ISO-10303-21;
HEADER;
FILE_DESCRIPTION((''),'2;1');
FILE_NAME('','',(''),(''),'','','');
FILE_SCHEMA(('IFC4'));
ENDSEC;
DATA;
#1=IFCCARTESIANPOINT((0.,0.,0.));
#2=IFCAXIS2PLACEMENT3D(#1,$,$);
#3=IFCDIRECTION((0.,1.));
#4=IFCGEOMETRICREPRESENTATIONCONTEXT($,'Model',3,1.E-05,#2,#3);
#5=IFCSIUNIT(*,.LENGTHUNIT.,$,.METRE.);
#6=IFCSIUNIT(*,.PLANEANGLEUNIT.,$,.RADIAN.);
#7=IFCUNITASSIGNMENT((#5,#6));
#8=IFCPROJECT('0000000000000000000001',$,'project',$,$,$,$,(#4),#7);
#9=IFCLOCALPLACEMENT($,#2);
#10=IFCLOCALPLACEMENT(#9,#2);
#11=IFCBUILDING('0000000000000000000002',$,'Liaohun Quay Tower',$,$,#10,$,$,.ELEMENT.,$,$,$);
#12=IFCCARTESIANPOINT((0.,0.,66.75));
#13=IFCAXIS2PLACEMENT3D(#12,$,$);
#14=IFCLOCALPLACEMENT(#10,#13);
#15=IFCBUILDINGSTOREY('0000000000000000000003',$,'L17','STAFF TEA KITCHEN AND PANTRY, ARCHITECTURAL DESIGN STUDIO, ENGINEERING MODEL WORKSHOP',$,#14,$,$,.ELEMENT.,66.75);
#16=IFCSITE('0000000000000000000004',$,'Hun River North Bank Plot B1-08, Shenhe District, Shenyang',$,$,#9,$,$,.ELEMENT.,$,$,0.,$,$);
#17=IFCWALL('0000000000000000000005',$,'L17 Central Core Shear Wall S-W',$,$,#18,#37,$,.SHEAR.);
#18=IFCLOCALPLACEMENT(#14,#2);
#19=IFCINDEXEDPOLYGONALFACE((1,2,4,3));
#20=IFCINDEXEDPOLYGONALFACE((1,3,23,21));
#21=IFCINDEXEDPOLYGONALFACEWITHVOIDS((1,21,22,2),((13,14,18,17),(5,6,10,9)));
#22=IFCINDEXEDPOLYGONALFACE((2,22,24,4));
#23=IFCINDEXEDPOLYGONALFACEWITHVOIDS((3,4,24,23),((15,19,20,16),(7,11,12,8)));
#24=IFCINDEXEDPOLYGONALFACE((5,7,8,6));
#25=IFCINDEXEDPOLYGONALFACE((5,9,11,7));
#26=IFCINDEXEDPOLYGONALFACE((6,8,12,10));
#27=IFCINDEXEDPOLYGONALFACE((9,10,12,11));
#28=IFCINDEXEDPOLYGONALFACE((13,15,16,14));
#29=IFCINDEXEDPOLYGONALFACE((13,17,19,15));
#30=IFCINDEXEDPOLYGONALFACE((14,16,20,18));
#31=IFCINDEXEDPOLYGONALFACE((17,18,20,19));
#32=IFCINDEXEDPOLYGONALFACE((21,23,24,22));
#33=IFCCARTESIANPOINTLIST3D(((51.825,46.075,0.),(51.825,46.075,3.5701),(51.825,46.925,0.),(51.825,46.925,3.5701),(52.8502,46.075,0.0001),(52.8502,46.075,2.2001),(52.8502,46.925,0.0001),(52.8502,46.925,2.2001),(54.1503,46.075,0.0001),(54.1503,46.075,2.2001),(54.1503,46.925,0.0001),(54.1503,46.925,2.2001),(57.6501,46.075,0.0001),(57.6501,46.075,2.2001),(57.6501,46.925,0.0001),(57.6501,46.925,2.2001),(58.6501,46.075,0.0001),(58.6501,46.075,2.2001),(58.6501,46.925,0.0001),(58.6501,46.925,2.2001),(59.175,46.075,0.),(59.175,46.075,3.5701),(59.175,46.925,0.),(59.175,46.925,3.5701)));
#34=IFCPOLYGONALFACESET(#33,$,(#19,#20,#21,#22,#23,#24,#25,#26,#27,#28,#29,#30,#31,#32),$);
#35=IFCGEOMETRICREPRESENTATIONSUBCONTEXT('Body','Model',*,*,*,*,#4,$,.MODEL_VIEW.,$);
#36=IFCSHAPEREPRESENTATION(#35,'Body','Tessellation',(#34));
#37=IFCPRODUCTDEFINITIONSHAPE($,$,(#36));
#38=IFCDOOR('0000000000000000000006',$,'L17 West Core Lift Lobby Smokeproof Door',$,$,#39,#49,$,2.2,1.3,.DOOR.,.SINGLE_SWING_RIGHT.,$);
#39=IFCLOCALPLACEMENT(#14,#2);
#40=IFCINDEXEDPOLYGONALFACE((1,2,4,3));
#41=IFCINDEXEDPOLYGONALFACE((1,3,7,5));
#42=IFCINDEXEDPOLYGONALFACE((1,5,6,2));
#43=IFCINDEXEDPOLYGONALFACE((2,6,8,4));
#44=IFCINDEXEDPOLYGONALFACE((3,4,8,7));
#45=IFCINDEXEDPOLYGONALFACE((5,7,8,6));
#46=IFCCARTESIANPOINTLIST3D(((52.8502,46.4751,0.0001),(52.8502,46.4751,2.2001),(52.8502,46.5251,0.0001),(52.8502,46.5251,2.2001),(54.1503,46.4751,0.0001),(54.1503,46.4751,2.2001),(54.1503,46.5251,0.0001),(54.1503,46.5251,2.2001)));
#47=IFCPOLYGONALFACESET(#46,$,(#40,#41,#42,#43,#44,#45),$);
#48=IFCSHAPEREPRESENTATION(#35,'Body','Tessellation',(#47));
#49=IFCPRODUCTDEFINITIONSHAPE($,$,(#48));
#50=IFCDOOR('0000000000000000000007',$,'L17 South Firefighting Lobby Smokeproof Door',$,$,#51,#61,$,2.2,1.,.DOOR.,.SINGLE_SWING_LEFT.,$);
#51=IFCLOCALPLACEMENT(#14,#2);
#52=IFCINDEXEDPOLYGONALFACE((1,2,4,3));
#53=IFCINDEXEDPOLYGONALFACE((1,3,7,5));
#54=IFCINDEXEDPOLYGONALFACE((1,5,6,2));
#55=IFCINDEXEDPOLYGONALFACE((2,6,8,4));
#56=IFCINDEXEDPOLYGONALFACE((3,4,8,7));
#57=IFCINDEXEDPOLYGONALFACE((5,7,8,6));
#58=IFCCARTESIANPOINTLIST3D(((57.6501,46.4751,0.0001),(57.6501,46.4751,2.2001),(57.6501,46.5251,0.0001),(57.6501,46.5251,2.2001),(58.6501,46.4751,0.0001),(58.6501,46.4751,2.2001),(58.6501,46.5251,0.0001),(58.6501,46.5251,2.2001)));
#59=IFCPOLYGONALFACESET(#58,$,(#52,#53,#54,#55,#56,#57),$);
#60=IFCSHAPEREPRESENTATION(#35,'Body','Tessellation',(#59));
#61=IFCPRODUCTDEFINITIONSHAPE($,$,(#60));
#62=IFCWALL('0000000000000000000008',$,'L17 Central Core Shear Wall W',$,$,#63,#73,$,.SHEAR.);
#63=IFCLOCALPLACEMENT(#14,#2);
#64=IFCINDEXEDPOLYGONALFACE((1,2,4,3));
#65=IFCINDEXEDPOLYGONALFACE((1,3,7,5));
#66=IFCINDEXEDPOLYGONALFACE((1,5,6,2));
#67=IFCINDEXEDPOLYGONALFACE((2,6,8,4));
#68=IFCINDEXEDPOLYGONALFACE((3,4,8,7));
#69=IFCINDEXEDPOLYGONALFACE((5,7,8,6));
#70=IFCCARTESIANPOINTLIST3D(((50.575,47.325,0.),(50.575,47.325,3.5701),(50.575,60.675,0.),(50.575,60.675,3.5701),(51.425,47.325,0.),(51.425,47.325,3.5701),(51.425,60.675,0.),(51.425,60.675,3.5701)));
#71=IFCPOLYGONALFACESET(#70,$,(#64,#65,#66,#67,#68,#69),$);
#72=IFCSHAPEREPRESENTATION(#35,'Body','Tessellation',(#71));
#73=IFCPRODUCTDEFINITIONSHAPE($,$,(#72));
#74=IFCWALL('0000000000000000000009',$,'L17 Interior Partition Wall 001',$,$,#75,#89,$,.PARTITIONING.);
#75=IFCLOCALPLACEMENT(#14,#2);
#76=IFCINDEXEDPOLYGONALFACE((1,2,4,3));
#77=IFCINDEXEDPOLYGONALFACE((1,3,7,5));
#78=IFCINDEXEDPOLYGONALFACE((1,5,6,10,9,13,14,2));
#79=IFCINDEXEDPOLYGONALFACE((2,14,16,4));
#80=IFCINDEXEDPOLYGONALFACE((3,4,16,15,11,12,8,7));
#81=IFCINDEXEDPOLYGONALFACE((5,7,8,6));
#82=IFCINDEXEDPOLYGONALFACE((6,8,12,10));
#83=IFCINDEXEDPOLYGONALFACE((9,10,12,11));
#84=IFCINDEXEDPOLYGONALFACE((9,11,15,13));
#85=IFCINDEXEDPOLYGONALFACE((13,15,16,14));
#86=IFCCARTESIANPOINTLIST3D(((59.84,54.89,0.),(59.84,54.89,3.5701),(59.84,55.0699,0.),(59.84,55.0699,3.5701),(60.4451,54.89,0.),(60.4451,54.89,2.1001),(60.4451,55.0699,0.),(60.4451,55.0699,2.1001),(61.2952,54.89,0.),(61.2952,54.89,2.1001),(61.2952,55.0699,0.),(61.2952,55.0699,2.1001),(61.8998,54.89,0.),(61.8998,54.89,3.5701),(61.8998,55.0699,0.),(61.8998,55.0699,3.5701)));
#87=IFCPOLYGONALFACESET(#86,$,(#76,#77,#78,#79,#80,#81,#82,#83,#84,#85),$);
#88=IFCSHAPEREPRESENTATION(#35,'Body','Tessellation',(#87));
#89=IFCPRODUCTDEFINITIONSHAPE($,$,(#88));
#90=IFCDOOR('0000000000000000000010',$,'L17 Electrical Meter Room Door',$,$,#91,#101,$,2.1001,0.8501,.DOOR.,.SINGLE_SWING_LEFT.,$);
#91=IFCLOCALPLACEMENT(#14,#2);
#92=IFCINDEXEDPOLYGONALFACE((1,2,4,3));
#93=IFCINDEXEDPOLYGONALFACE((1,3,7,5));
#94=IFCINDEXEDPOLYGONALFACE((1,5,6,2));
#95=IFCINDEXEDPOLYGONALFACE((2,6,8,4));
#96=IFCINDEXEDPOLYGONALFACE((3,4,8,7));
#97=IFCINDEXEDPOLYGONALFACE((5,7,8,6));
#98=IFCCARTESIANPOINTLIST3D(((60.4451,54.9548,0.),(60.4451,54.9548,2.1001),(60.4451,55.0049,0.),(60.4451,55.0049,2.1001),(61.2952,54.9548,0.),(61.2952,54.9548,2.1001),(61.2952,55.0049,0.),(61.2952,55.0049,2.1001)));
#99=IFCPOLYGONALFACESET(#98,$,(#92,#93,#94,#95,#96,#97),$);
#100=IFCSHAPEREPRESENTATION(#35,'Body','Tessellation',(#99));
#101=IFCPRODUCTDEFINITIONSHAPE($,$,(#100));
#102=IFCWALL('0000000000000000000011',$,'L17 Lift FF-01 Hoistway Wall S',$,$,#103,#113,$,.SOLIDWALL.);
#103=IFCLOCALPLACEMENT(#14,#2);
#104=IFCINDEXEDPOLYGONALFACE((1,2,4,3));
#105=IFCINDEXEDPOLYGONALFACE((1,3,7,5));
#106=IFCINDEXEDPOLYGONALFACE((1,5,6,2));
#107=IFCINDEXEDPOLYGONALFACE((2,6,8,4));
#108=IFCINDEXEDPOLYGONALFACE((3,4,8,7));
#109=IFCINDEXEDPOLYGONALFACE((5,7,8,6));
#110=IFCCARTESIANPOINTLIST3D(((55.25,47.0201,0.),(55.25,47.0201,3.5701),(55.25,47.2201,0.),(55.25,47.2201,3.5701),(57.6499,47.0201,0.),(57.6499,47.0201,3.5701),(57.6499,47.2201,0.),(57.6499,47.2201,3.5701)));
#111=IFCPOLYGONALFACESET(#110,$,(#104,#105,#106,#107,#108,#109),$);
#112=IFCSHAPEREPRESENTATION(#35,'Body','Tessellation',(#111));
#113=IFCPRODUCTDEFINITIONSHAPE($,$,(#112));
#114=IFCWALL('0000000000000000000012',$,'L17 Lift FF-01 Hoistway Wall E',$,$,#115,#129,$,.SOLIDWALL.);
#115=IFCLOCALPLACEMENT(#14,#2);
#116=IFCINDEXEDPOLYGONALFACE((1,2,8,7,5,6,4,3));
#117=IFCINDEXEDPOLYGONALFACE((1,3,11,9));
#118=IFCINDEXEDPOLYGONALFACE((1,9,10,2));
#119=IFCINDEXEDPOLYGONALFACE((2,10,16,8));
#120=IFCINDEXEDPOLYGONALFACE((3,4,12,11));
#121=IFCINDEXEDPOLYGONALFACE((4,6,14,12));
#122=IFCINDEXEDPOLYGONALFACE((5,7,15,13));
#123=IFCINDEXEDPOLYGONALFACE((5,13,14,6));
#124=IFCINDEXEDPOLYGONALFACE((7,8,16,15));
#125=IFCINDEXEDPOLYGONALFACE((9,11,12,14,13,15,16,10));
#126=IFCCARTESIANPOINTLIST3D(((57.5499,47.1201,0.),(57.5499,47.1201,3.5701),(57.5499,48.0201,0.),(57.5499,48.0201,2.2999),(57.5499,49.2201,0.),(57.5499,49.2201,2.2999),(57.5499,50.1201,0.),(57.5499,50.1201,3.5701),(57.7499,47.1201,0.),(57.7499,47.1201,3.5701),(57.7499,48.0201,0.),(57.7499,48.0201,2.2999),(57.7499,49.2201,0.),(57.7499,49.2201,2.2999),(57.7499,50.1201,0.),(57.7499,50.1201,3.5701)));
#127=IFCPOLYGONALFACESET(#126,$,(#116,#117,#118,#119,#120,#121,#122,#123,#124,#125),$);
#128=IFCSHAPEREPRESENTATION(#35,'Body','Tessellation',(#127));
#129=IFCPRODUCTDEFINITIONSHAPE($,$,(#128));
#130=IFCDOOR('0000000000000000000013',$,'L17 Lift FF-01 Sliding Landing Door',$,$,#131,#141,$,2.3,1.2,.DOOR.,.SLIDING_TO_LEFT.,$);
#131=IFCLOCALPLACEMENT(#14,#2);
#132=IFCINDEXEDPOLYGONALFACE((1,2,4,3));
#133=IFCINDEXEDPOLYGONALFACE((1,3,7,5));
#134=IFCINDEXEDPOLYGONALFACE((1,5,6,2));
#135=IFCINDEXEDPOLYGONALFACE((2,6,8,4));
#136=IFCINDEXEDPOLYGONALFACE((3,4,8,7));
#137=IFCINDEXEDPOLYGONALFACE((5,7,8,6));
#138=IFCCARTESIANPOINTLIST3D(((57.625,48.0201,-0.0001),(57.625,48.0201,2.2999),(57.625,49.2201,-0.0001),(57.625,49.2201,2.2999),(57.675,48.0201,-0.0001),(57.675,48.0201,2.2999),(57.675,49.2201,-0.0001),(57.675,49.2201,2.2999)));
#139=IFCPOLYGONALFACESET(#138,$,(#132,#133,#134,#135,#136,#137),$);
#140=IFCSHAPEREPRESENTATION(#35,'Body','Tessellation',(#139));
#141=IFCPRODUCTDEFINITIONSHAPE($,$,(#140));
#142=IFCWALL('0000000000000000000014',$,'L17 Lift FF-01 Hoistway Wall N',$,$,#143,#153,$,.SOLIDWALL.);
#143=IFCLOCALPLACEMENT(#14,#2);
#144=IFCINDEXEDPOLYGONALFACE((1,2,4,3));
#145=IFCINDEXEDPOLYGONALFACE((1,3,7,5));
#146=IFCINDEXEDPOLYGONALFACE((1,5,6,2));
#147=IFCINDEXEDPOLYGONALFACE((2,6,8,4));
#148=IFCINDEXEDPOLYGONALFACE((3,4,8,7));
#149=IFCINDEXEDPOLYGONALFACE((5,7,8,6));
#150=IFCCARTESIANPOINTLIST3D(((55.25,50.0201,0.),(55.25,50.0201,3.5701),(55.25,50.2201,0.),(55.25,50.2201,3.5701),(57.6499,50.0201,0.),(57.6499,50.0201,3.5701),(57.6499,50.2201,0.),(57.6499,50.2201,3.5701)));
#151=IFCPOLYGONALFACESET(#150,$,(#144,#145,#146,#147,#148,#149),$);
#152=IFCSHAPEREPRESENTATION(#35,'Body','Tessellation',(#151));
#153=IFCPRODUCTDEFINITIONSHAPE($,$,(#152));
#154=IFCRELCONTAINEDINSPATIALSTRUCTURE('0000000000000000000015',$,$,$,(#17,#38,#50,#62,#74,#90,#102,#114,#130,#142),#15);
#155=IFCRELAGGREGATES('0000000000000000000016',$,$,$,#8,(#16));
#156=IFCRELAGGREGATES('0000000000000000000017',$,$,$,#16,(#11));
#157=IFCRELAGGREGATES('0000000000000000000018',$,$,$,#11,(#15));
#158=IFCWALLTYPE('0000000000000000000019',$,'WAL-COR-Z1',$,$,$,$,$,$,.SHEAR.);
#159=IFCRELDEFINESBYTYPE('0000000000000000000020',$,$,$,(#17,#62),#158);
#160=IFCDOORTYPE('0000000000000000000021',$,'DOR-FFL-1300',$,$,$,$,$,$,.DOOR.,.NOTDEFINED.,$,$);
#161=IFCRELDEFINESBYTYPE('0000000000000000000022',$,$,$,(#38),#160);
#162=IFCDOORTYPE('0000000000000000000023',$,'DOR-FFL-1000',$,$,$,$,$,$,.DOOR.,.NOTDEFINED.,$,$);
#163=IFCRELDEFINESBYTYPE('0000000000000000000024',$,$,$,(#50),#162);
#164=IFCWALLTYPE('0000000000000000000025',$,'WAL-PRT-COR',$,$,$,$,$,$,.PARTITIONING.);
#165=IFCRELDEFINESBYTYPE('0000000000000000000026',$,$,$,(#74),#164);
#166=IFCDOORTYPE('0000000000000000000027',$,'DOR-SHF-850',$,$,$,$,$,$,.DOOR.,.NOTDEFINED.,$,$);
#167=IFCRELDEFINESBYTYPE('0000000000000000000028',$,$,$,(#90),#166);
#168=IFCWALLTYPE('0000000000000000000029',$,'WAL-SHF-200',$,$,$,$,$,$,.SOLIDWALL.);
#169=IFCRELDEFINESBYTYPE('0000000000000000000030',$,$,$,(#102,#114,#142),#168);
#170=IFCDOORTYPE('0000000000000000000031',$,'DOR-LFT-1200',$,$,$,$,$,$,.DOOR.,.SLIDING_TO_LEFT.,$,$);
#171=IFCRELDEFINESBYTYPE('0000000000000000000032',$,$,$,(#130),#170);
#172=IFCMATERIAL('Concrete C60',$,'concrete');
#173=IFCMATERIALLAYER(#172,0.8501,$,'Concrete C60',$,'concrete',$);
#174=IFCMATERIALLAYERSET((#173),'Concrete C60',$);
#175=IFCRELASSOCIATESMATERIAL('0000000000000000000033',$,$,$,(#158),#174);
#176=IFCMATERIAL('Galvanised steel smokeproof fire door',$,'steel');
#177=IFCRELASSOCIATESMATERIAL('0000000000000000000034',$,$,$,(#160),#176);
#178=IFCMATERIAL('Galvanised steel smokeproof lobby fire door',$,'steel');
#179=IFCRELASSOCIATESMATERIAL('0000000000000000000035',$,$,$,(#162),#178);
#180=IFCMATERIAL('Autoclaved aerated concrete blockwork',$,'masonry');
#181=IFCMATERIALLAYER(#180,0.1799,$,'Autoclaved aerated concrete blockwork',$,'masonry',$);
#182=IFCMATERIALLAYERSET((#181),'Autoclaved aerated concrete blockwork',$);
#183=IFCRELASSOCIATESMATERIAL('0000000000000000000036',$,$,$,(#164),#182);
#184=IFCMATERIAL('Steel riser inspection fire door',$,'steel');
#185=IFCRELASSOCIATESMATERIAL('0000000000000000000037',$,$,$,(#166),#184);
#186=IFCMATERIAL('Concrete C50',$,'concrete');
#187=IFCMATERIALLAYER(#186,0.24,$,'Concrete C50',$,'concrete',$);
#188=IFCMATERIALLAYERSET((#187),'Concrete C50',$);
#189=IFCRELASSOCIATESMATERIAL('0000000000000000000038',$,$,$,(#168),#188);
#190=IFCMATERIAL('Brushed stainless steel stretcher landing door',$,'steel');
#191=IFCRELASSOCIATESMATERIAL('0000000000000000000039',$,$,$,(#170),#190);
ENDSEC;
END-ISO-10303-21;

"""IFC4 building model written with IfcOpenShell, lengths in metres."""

from ifc_helpers import new_model, si_unit, direction, frame, frame_2d, origin, place, context, subcontext, project, spatial, rectangle, extrude, source, transform, mapped, material, layer, layer_set, type_object, element, fill, save


model = new_model("IFC4")

# Units and contexts
model_context = context("Model", 3, precision=1e-05, world=origin(), true_north=direction((0.0, 1.0)))
body_context = subcontext(model_context, "Body", "Model", "MODEL_VIEW")
ifc_project = project(units=[si_unit("LENGTHUNIT", "METRE"), si_unit("PLANEANGLEUNIT", "RADIAN")], contexts=[model_context])

# Site, building, storey
site_placement = place(None, origin())
site = spatial("IfcSite", under=ifc_project, at=site_placement, Name="Hun River North Bank Plot B1-08, Shenhe District, Shenyang", CompositionType="ELEMENT", RefElevation=0.0)
building_placement = place(site_placement, origin())
building = spatial("IfcBuilding", under=site, at=building_placement, Name="Liaohun Quay Tower", CompositionType="ELEMENT")
storey_placement = place(building_placement, frame((0.0, 0.0, 66.75)))
storey = spatial("IfcBuildingStorey", under=building, at=storey_placement, Name="L17", Description="STAFF TEA KITCHEN AND PANTRY, ARCHITECTURAL DESIGN STUDIO, ENGINEERING MODEL WORKSHOP", CompositionType="ELEMENT", Elevation=66.75)

# Wall, openings, doors
ifc_material_1 = material(Name="Concrete C60", Category="concrete")
ifc_layer_1 = layer(ifc_material_1, 0.8501, Name="Concrete C60", Category="concrete")
ifc_layer_set_1 = layer_set([ifc_layer_1], Name="Concrete C60")
wall_type_1 = type_object("IfcWallType", Name="WAL-COR-Z1", PredefinedType="SHEAR", material=ifc_layer_set_1)
wall_1_placement = place(storey_placement, frame((59.175, 46.5, 0.0), z_axis=(0.0, 0.0, 1.0), x_axis=(-1.0, 0.0, 0.0)))
wall_1 = element("IfcWall", 1, at=wall_1_placement, inside=storey, type_object=wall_type_1, Name="L17 Central Core Shear Wall S-W", PredefinedType="SHEAR", context=body_context, shape_type="SweptSolid", body=[
    extrude(rectangle(XDim=7.3501, YDim=0.8501, at=frame_2d((3.675, 0.0))), origin(), (0.0, 0.0, 1.0), 3.5701),
])
shared_shape_1 = source(origin(), body_context, "Body", "SweptSolid", [
    extrude(rectangle(XDim=1.3, YDim=2.2, at=frame_2d((0.6499, 1.1001))), frame((0.0, 0.4351, 0.0), z_axis=(0.0, -1.0, 0.0), x_axis=(1.0, 0.0, 0.0)), (0.0, 0.0, 1.0), 0.8701),
])
opening_1_placement = place(wall_1_placement, frame((5.0249, 0.0, 0.0)))
opening_1 = element("IfcOpeningElement", 2, at=opening_1_placement, cuts=wall_1, PredefinedType="OPENING", context=body_context, shape_type="MappedRepresentation", body=[
    mapped(shared_shape_1, transform((0.0, 0.0, 0.0), x_axis=(1.0, 0.0, 0.0), y_axis=(0.0, 1.0, 0.0), z_axis=(0.0, 0.0, 1.0), scale=1.0)),
])
shared_shape_2 = source(origin(), body_context, "Body", "SweptSolid", [
    extrude(rectangle(XDim=1.0, YDim=2.2, at=frame_2d((0.5, 1.1001))), frame((0.0, 0.4351, 0.0), z_axis=(0.0, -1.0, 0.0), x_axis=(1.0, 0.0, 0.0)), (0.0, 0.0, 1.0), 0.8701),
])
opening_2_placement = place(wall_1_placement, frame((0.5249, 0.0, 0.0)))
opening_2 = element("IfcOpeningElement", 3, at=opening_2_placement, cuts=wall_1, PredefinedType="OPENING", context=body_context, shape_type="MappedRepresentation", body=[
    mapped(shared_shape_2, transform((0.0, 0.0, 0.0), x_axis=(1.0, 0.0, 0.0), y_axis=(0.0, 1.0, 0.0), z_axis=(0.0, 0.0, 1.0), scale=1.0)),
])
ifc_material_2 = material(Name="Galvanised steel smokeproof fire door", Category="steel")
door_type_1 = type_object("IfcDoorType", Name="DOR-FFL-1300", OperationType="NOTDEFINED", PredefinedType="DOOR", material=ifc_material_2)
shared_shape_3 = source(origin(), body_context, "Body", "SweptSolid", [
    extrude(rectangle(XDim=1.3, YDim=2.2, at=frame_2d((0.6499, 1.1001))), frame((0.0, 0.0249, 0.0), z_axis=(0.0, -1.0, 0.0), x_axis=(1.0, 0.0, 0.0)), (0.0, 0.0, 1.0), 0.05),
])
door_1_placement = place(opening_1_placement, origin())
door_1 = element("IfcDoor", 4, at=door_1_placement, inside=storey, type_object=door_type_1, Name="L17 West Core Lift Lobby Smokeproof Door", OperationType="SINGLE_SWING_RIGHT", OverallHeight=2.2, OverallWidth=1.3, PredefinedType="DOOR", context=body_context, shape_type="MappedRepresentation", body=[
    mapped(shared_shape_3, transform((0.0, 0.0, 0.0), x_axis=(1.0, 0.0, 0.0), y_axis=(0.0, 1.0, 0.0), z_axis=(0.0, 0.0, 1.0), scale=1.0)),
])
fill(opening_1, door_1)
ifc_material_3 = material(Name="Galvanised steel smokeproof lobby fire door", Category="steel")
door_type_2 = type_object("IfcDoorType", Name="DOR-FFL-1000", OperationType="NOTDEFINED", PredefinedType="DOOR", material=ifc_material_3)
shared_shape_4 = source(origin(), body_context, "Body", "SweptSolid", [
    extrude(rectangle(XDim=1.0, YDim=2.2, at=frame_2d((0.5, 1.1001))), frame((0.0, 0.0249, 0.0), z_axis=(0.0, -1.0, 0.0), x_axis=(1.0, 0.0, 0.0)), (0.0, 0.0, 1.0), 0.05),
])
door_2_placement = place(opening_2_placement, origin())
door_2 = element("IfcDoor", 5, at=door_2_placement, inside=storey, type_object=door_type_2, Name="L17 South Firefighting Lobby Smokeproof Door", OperationType="SINGLE_SWING_LEFT", OverallHeight=2.2, OverallWidth=1.0, PredefinedType="DOOR", context=body_context, shape_type="MappedRepresentation", body=[
    mapped(shared_shape_4, transform((0.0, 0.0, 0.0), x_axis=(1.0, 0.0, 0.0), y_axis=(0.0, 1.0, 0.0), z_axis=(0.0, 0.0, 1.0), scale=1.0)),
])
fill(opening_2, door_2)

# Wall
wall_2_placement = place(storey_placement, frame((51.0, 47.325, 0.0), z_axis=(0.0, 0.0, 1.0), x_axis=(0.0, 1.0, 0.0)))
element("IfcWall", 6, at=wall_2_placement, inside=storey, type_object=wall_type_1, Name="L17 Central Core Shear Wall W", PredefinedType="SHEAR", context=body_context, shape_type="SweptSolid", body=[
    extrude(rectangle(XDim=13.3501, YDim=0.8501, at=frame_2d((6.675, 0.0))), origin(), (0.0, 0.0, 1.0), 3.5701),
])

# Wall, opening, door
ifc_material_4 = material(Name="Autoclaved aerated concrete blockwork", Category="masonry")
ifc_layer_2 = layer(ifc_material_4, 0.1799, Name="Autoclaved aerated concrete blockwork", Category="masonry")
ifc_layer_set_2 = layer_set([ifc_layer_2], Name="Autoclaved aerated concrete blockwork")
wall_type_2 = type_object("IfcWallType", Name="WAL-PRT-COR", PredefinedType="PARTITIONING", material=ifc_layer_set_2)
wall_3_placement = place(storey_placement, frame((59.8401, 54.98, 0.0), z_axis=(0.0, 0.0, 1.0), x_axis=(1.0, 0.0, 0.0)))
wall_3 = element("IfcWall", 7, at=wall_3_placement, inside=storey, type_object=wall_type_2, Name="L17 Interior Partition Wall 001", PredefinedType="PARTITIONING", context=body_context, shape_type="SweptSolid", body=[
    extrude(rectangle(XDim=2.0598, YDim=0.1799, at=frame_2d((1.0298, 0.0))), origin(), (0.0, 0.0, 1.0), 3.5701),
])
shared_shape_5 = source(origin(), body_context, "Body", "SweptSolid", [
    extrude(rectangle(XDim=0.8501, YDim=2.1001, at=frame_2d((0.425, 1.05))), frame((0.0, 0.0999, 0.0), z_axis=(0.0, -1.0, 0.0), x_axis=(1.0, 0.0, 0.0)), (0.0, 0.0, 1.0), 0.2),
])
opening_3_placement = place(wall_3_placement, frame((0.605, 0.0, 0.0)))
opening_3 = element("IfcOpeningElement", 8, at=opening_3_placement, cuts=wall_3, PredefinedType="OPENING", context=body_context, shape_type="MappedRepresentation", body=[
    mapped(shared_shape_5, transform((0.0, 0.0, 0.0), x_axis=(1.0, 0.0, 0.0), y_axis=(0.0, 1.0, 0.0), z_axis=(0.0, 0.0, 1.0), scale=1.0)),
])
ifc_material_5 = material(Name="Steel riser inspection fire door", Category="steel")
door_type_3 = type_object("IfcDoorType", Name="DOR-SHF-850", OperationType="NOTDEFINED", PredefinedType="DOOR", material=ifc_material_5)
shared_shape_6 = source(origin(), body_context, "Body", "SweptSolid", [
    extrude(rectangle(XDim=0.8501, YDim=2.1001, at=frame_2d((0.425, 1.05))), frame((0.0, 0.0249, 0.0), z_axis=(0.0, -1.0, 0.0), x_axis=(1.0, 0.0, 0.0)), (0.0, 0.0, 1.0), 0.05),
])
door_3_placement = place(opening_3_placement, origin())
door_3 = element("IfcDoor", 9, at=door_3_placement, inside=storey, type_object=door_type_3, Name="L17 Electrical Meter Room Door", OperationType="SINGLE_SWING_LEFT", OverallHeight=2.1001, OverallWidth=0.8501, PredefinedType="DOOR", context=body_context, shape_type="MappedRepresentation", body=[
    mapped(shared_shape_6, transform((0.0, 0.0, 0.0), x_axis=(1.0, 0.0, 0.0), y_axis=(0.0, 1.0, 0.0), z_axis=(0.0, 0.0, 1.0), scale=1.0)),
])
fill(opening_3, door_3)

# Wall
ifc_material_6 = material(Name="Concrete C50", Category="concrete")
ifc_layer_3 = layer(ifc_material_6, 0.24, Name="Concrete C50", Category="concrete")
ifc_layer_set_3 = layer_set([ifc_layer_3], Name="Concrete C50")
wall_type_3 = type_object("IfcWallType", Name="WAL-SHF-200", PredefinedType="SOLIDWALL", material=ifc_layer_set_3)
wall_4_placement = place(storey_placement, frame((55.25, 47.1201, 0.0), z_axis=(0.0, 0.0, 1.0), x_axis=(1.0, 0.0, 0.0)))
element("IfcWall", 10, at=wall_4_placement, inside=storey, type_object=wall_type_3, Name="L17 Lift FF-01 Hoistway Wall S", PredefinedType="SOLIDWALL", context=body_context, shape_type="SweptSolid", body=[
    extrude(rectangle(XDim=2.3999, YDim=0.2, at=frame_2d((1.2, 0.0))), origin(), (0.0, 0.0, 1.0), 3.5701),
])

# Wall, opening, door
wall_5_placement = place(storey_placement, frame((57.6499, 47.1201, 0.0), z_axis=(0.0, 0.0, 1.0), x_axis=(0.0, 1.0, 0.0)))
wall_5 = element("IfcWall", 11, at=wall_5_placement, inside=storey, type_object=wall_type_3, Name="L17 Lift FF-01 Hoistway Wall E", PredefinedType="SOLIDWALL", context=body_context, shape_type="SweptSolid", body=[
    extrude(rectangle(XDim=3.0, YDim=0.2, at=frame_2d((1.5, 0.0))), origin(), (0.0, 0.0, 1.0), 3.5701),
])
shared_shape_7 = source(origin(), body_context, "Body", "SweptSolid", [
    extrude(rectangle(XDim=1.2, YDim=2.3, at=frame_2d((0.6001, 1.1499))), frame((0.0, 0.1099, 0.0), z_axis=(0.0, -1.0, 0.0), x_axis=(1.0, 0.0, 0.0)), (0.0, 0.0, 1.0), 0.22),
])
opening_4_placement = place(wall_5_placement, frame((0.8999, 0.0, 0.0)))
opening_4 = element("IfcOpeningElement", 12, at=opening_4_placement, cuts=wall_5, PredefinedType="OPENING", context=body_context, shape_type="MappedRepresentation", body=[
    mapped(shared_shape_7, transform((0.0, 0.0, 0.0), x_axis=(1.0, 0.0, 0.0), y_axis=(0.0, 1.0, 0.0), z_axis=(0.0, 0.0, 1.0), scale=1.0)),
])
ifc_material_7 = material(Name="Brushed stainless steel stretcher landing door", Category="steel")
door_type_4 = type_object("IfcDoorType", Name="DOR-LFT-1200", OperationType="SLIDING_TO_LEFT", PredefinedType="DOOR", material=ifc_material_7)
shared_shape_8 = source(origin(), body_context, "Body", "SweptSolid", [
    extrude(rectangle(XDim=1.2, YDim=2.3, at=frame_2d((0.6001, 1.1499))), frame((0.0, 0.0249, 0.0), z_axis=(0.0, -1.0, 0.0), x_axis=(1.0, 0.0, 0.0)), (0.0, 0.0, 1.0), 0.05),
])
door_4_placement = place(opening_4_placement, origin())
door_4 = element("IfcDoor", 13, at=door_4_placement, inside=storey, type_object=door_type_4, Name="L17 Lift FF-01 Sliding Landing Door", OperationType="SLIDING_TO_LEFT", OverallHeight=2.3, OverallWidth=1.2, PredefinedType="DOOR", context=body_context, shape_type="MappedRepresentation", body=[
    mapped(shared_shape_8, transform((0.0, 0.0, 0.0), x_axis=(1.0, 0.0, 0.0), y_axis=(0.0, 1.0, 0.0), z_axis=(0.0, 0.0, 1.0), scale=1.0)),
])
fill(opening_4, door_4)

# Wall
wall_6_placement = place(storey_placement, frame((57.6499, 50.1201, 0.0), z_axis=(0.0, 0.0, 1.0), x_axis=(-1.0, 0.0, 0.0)))
element("IfcWall", 14, at=wall_6_placement, inside=storey, type_object=wall_type_3, Name="L17 Lift FF-01 Hoistway Wall N", PredefinedType="SOLIDWALL", context=body_context, shape_type="SweptSolid", body=[
    extrude(rectangle(XDim=2.3999, YDim=0.2, at=frame_2d((1.2, 0.0))), origin(), (0.0, 0.0, 1.0), 3.5701),
])

save(model, "model.ifc")
